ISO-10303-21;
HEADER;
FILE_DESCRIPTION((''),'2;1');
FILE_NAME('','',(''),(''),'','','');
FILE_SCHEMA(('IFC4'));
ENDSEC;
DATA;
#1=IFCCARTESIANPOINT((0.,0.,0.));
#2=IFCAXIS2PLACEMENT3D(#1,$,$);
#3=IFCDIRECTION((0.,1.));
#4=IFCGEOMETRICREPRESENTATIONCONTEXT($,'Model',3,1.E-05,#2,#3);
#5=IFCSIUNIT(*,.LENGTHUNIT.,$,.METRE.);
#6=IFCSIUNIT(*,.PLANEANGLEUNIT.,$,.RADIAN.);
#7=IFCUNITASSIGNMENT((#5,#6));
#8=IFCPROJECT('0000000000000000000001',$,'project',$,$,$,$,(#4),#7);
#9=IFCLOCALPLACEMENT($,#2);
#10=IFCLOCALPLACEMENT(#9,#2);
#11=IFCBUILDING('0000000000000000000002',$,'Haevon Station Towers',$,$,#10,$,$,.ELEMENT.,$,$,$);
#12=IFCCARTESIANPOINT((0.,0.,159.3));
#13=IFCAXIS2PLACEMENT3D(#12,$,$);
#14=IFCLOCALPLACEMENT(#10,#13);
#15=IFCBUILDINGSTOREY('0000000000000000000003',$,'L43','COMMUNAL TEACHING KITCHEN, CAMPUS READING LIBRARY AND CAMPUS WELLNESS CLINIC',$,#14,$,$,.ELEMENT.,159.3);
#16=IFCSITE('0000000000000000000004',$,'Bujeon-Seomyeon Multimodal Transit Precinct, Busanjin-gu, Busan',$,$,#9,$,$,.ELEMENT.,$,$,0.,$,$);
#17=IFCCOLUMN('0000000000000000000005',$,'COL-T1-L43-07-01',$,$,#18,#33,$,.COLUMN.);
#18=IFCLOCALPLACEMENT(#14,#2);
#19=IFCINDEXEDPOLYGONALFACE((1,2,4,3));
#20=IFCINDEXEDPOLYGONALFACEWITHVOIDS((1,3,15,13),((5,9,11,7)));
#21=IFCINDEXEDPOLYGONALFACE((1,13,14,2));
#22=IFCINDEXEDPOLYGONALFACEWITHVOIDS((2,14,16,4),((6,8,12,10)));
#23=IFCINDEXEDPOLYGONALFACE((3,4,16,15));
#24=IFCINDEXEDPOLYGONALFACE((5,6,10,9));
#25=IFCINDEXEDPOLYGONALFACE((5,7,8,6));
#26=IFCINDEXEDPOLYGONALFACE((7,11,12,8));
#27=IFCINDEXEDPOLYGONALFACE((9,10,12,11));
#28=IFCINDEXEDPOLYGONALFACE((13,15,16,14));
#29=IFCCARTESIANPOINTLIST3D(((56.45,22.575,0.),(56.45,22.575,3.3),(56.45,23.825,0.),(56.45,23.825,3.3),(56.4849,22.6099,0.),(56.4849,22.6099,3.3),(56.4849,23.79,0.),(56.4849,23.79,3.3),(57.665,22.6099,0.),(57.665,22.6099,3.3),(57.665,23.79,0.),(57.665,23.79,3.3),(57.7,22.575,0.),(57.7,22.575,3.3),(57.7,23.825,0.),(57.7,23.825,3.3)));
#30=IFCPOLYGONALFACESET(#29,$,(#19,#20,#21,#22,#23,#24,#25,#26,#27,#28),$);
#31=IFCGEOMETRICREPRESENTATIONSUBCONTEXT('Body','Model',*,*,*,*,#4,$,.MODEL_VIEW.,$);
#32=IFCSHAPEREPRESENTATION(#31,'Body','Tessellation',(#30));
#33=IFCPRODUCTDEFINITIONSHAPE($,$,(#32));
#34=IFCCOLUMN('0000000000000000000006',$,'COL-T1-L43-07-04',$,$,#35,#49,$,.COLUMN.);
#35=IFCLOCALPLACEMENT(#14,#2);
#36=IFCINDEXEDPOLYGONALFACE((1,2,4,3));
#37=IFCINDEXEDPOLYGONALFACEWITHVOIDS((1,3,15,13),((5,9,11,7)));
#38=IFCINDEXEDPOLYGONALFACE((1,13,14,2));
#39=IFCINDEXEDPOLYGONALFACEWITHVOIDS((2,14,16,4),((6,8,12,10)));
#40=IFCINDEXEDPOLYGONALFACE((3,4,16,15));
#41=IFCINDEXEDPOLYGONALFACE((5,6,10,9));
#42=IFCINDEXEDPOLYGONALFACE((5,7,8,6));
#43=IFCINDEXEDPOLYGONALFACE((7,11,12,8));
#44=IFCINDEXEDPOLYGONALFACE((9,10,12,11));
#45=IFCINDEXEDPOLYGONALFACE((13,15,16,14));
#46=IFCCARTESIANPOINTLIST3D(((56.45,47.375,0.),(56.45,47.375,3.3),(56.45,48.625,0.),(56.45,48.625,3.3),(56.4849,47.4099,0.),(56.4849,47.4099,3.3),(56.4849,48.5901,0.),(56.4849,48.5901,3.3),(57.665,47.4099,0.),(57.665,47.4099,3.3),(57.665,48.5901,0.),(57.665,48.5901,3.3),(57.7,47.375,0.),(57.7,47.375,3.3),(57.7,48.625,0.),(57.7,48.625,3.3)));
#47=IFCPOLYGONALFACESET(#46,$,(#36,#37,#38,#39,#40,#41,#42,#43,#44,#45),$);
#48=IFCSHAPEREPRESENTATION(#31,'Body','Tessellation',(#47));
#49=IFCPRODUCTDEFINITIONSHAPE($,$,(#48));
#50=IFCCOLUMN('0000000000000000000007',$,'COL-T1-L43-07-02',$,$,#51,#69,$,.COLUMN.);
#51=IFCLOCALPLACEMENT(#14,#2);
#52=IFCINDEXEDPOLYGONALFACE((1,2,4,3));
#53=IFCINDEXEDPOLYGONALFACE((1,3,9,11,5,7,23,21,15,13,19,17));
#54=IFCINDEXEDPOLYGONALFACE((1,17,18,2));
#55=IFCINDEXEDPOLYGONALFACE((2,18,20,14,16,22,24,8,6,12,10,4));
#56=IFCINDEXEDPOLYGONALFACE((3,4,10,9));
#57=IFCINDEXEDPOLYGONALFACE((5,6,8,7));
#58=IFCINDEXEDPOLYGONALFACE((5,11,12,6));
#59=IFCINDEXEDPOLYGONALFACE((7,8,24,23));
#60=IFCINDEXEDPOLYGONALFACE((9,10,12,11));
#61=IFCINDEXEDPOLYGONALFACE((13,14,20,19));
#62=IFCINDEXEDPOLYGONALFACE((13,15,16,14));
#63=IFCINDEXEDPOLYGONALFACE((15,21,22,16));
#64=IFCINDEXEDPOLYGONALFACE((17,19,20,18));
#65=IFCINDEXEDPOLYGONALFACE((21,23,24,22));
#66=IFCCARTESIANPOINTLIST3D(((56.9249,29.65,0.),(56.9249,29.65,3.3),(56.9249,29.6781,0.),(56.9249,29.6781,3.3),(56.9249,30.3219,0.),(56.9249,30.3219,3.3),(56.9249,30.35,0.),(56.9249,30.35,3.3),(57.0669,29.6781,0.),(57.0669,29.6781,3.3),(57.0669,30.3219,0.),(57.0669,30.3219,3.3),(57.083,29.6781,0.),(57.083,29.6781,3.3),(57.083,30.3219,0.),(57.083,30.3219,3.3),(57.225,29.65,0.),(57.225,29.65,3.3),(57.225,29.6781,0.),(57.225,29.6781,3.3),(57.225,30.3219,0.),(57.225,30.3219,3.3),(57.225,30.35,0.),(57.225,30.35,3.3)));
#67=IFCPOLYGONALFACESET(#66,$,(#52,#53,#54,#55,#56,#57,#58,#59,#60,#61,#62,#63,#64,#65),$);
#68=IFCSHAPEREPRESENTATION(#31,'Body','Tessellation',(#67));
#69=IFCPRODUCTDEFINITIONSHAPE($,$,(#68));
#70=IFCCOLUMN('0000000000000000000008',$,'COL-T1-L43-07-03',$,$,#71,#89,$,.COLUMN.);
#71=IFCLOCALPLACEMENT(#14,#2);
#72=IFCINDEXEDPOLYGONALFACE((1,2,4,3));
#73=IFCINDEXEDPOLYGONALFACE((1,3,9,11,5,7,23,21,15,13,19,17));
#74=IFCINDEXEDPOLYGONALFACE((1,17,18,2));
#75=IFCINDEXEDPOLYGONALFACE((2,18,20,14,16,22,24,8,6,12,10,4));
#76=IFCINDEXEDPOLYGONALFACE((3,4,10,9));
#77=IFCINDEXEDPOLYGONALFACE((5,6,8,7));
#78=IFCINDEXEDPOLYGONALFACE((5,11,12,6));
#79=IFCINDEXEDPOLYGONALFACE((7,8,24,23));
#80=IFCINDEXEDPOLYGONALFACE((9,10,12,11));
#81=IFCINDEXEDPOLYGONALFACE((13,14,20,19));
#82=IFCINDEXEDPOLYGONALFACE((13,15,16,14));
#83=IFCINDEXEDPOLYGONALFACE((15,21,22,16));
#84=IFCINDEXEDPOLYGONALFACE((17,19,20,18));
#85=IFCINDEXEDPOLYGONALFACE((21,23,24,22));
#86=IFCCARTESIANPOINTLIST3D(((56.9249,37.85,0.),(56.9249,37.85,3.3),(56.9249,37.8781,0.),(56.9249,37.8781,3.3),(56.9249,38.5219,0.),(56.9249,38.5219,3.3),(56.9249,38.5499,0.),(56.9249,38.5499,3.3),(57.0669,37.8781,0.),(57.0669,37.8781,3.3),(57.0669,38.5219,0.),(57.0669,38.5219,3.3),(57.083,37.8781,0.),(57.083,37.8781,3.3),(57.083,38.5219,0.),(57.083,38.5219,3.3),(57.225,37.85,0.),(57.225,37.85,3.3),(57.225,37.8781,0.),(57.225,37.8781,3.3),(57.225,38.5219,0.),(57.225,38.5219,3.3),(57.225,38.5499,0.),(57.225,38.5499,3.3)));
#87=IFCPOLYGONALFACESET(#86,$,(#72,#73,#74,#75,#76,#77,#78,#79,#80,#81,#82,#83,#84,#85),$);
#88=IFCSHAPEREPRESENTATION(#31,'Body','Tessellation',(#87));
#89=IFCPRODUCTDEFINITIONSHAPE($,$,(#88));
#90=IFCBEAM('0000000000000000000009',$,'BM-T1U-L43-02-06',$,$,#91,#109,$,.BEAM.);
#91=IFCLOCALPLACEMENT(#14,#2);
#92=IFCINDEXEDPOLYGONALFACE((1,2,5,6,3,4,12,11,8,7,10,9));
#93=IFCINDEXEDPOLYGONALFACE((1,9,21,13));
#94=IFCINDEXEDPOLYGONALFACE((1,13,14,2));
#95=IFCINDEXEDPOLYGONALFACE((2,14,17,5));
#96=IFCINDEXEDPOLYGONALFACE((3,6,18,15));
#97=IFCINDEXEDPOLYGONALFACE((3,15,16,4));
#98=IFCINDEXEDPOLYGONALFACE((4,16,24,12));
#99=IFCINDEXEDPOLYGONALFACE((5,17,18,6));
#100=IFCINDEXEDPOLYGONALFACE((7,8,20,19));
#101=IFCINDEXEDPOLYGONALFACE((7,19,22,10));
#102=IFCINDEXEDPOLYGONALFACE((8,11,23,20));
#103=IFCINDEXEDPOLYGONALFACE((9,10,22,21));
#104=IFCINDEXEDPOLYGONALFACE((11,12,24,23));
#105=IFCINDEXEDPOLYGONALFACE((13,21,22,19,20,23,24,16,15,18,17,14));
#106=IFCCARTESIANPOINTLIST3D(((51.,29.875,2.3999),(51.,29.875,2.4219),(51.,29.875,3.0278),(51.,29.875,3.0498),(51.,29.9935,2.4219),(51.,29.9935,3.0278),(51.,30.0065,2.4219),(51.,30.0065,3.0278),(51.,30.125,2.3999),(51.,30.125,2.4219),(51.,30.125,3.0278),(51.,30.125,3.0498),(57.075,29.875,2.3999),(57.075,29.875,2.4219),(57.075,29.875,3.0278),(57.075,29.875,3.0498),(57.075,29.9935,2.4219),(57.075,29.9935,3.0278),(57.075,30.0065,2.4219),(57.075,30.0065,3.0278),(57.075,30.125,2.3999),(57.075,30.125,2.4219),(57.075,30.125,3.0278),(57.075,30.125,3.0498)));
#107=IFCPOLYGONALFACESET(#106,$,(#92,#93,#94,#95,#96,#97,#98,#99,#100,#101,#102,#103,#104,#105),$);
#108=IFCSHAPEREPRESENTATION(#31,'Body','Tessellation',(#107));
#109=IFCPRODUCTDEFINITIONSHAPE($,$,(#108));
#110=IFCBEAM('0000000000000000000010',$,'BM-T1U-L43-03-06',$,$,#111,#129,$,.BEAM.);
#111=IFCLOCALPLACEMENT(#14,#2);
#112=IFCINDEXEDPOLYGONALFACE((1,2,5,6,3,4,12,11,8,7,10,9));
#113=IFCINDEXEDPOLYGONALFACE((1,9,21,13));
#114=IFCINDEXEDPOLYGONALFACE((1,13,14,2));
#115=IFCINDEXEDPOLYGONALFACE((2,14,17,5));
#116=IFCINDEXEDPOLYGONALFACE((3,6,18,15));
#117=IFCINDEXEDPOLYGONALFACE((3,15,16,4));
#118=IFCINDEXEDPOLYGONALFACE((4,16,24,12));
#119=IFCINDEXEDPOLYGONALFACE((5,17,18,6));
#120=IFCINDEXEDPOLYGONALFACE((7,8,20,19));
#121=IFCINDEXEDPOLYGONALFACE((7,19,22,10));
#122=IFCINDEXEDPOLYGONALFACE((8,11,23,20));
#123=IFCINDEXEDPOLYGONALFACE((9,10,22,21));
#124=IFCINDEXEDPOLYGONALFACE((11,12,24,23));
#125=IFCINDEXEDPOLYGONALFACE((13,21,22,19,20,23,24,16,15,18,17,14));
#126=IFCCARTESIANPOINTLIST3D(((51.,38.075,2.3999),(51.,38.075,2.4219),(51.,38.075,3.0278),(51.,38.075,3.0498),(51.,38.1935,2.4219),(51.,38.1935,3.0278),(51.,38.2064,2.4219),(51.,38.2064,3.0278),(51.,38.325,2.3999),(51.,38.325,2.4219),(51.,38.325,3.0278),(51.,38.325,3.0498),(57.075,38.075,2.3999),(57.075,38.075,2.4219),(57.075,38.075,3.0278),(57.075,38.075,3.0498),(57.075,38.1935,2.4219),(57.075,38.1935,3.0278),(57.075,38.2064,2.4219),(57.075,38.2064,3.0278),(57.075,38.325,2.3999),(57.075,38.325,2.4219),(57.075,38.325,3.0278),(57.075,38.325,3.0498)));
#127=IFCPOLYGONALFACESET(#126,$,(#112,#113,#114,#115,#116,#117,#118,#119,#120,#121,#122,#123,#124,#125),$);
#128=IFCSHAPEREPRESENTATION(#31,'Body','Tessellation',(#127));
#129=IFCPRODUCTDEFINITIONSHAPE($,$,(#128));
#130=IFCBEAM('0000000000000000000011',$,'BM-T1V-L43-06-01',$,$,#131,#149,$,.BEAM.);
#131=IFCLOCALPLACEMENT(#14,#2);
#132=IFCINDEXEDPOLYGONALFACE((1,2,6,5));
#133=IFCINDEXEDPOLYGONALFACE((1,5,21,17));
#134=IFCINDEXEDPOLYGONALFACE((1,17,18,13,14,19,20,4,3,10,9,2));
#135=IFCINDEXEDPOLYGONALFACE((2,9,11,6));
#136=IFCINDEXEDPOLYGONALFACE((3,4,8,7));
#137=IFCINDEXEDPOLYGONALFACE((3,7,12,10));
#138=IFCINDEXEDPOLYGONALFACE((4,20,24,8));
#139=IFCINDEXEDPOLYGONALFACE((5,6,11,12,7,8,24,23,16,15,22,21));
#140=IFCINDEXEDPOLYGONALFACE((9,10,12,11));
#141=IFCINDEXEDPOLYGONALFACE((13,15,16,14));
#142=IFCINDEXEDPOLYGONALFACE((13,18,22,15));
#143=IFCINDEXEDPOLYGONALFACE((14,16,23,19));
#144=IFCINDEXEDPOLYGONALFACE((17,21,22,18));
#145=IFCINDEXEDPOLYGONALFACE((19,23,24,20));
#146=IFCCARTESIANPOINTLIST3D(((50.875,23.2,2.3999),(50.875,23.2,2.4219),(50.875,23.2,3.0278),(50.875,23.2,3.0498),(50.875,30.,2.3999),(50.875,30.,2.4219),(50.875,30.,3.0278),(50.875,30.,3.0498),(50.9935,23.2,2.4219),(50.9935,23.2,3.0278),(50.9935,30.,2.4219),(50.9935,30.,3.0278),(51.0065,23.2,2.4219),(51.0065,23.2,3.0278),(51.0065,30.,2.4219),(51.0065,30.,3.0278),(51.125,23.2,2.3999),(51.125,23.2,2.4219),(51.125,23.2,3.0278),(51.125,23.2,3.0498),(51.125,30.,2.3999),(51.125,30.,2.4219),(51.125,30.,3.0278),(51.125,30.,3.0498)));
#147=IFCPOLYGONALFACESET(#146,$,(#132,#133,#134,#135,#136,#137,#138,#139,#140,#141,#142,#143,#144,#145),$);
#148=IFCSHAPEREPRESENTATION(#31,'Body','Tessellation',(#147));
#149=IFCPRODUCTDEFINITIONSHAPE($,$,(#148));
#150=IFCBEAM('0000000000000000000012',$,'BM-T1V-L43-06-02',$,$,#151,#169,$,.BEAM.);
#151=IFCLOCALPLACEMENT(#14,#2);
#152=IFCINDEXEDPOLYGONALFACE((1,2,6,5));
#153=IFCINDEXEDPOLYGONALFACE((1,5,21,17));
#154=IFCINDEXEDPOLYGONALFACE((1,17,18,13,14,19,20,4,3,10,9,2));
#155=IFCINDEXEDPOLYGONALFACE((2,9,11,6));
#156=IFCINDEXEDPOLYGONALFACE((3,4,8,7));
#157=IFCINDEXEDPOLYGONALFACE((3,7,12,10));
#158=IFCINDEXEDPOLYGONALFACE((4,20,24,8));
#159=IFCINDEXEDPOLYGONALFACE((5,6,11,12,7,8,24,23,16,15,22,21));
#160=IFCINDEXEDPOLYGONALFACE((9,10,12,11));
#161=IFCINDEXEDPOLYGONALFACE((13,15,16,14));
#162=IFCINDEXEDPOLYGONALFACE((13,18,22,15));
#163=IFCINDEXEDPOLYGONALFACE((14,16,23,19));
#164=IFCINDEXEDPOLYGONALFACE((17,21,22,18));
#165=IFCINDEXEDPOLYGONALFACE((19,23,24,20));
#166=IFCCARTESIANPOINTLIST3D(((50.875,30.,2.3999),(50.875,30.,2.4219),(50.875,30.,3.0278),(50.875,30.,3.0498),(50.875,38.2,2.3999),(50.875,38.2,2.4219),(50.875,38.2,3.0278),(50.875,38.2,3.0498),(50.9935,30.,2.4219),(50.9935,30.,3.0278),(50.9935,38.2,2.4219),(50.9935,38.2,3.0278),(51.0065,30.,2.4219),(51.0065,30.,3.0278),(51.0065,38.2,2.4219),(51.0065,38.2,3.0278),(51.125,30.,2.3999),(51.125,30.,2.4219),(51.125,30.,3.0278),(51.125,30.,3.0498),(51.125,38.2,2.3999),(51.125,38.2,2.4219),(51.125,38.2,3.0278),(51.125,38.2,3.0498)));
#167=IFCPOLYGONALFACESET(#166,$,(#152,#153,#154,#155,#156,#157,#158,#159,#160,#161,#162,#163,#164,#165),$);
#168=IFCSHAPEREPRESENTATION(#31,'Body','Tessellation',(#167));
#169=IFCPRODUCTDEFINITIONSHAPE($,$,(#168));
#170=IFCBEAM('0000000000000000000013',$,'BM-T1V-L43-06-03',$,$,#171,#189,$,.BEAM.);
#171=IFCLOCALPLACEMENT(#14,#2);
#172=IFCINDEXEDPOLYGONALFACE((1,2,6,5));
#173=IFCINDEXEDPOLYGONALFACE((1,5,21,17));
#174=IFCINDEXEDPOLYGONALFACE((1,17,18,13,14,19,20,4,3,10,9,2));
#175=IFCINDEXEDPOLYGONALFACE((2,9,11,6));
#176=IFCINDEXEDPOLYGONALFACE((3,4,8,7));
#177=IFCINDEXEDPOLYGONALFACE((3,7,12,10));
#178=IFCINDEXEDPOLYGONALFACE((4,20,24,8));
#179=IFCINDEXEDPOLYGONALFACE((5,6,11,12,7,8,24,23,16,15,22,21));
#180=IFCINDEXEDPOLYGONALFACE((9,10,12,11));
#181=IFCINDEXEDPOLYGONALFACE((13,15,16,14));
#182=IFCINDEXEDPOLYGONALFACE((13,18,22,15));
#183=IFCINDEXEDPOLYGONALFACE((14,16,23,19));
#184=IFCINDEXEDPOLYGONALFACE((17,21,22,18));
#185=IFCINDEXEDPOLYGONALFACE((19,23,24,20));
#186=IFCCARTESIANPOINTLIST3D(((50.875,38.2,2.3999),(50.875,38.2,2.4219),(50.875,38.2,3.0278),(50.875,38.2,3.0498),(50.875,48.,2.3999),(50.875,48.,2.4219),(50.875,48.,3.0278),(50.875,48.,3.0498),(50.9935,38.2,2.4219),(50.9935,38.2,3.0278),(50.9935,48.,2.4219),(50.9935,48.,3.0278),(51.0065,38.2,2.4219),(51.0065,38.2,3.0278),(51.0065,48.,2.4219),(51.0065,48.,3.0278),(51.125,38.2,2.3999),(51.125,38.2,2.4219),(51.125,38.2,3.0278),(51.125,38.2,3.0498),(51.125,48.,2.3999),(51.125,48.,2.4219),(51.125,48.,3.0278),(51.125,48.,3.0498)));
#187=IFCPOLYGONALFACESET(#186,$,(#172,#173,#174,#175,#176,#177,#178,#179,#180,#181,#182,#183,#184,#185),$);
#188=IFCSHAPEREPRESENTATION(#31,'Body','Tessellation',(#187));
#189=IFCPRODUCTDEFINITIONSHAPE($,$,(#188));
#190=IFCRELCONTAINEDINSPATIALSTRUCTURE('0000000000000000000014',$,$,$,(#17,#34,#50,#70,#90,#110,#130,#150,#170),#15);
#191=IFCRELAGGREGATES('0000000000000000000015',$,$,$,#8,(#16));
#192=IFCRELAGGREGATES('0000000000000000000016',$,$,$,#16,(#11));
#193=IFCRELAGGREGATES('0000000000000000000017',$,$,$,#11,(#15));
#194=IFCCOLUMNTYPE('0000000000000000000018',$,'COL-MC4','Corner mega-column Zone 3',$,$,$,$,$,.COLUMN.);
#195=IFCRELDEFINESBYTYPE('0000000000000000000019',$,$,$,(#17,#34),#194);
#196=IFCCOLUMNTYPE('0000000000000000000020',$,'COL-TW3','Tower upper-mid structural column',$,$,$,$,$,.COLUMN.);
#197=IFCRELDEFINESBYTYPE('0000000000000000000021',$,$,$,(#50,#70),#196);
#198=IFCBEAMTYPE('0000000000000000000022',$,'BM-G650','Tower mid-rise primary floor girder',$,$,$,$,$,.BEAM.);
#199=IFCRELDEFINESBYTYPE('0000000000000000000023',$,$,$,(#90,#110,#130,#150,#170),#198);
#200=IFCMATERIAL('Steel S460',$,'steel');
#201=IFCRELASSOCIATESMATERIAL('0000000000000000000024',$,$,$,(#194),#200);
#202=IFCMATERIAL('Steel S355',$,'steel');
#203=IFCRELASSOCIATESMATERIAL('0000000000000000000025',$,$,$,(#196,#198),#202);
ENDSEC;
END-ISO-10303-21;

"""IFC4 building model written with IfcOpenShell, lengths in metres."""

from ifc_helpers import new_model, si_unit, direction, frame, origin, origin_2d, place, context, subcontext, project, spatial, hollow_rectangle, i_section, extrude, material, material_profile, profile_set, type_object, element, save


model = new_model("IFC4")

# Units and contexts
model_context = context("Model", 3, precision=1e-05, world=origin(), true_north=direction((0.0, 1.0)))
body_context = subcontext(model_context, "Body", "Model", "MODEL_VIEW")
ifc_project = project(units=[si_unit("LENGTHUNIT", "METRE"), si_unit("PLANEANGLEUNIT", "RADIAN")], contexts=[model_context])

# Site, building, storey
site_placement = place(None, origin())
site = spatial("IfcSite", under=ifc_project, at=site_placement, Name="Bujeon-Seomyeon Multimodal Transit Precinct, Busanjin-gu, Busan", CompositionType="ELEMENT", RefElevation=0.0)
building_placement = place(site_placement, origin())
building = spatial("IfcBuilding", under=site, at=building_placement, Name="Haevon Station Towers", CompositionType="ELEMENT")
storey_placement = place(building_placement, frame((0.0, 0.0, 159.3)))
storey = spatial("IfcBuildingStorey", under=building, at=storey_placement, Name="L43", Description="COMMUNAL TEACHING KITCHEN, CAMPUS READING LIBRARY AND CAMPUS WELLNESS CLINIC", CompositionType="ELEMENT", Elevation=159.3)

# Columns
ifc_material_1 = material(Name="Steel S460", Category="steel")
ifc_material_profile_1 = material_profile(ifc_material_1, hollow_rectangle(XDim=1.25, YDim=1.25, WallThickness=0.0349, at=origin_2d()), Name="BOX-1250x1250x35")
ifc_profile_set_1 = profile_set([ifc_material_profile_1], Name="Steel S460")
column_type_1 = type_object("IfcColumnType", Name="COL-MC4", Description="Corner mega-column Zone 3", PredefinedType="COLUMN", material=ifc_profile_set_1)
for number, where, z_axis, x_axis, name in (
    (1, (57.075, 23.2, 0.0), (0.0, 0.0, 1.0), (1.0, 0.0, 0.0), "COL-T1-L43-07-01"),
    (2, (57.075, 48.0, 0.0), (0.0, 0.0, 1.0), (1.0, 0.0, 0.0), "COL-T1-L43-07-04"),
):
    element("IfcColumn", number, at=place(storey_placement, frame(where, z_axis=z_axis, x_axis=x_axis)), inside=storey, type_object=column_type_1, Name=name, PredefinedType="COLUMN", context=body_context, shape_type="SweptSolid", body=[
        extrude(hollow_rectangle(XDim=1.25, YDim=1.25, WallThickness=0.0349, at=origin_2d()), origin(), (0.0, 0.0, 1.0), 3.3),
    ])
ifc_material_2 = material(Name="Steel S355", Category="steel")
ifc_material_profile_2 = material_profile(ifc_material_2, i_section(OverallWidth=0.3, OverallDepth=0.7, WebThickness=0.0161, FlangeThickness=0.0281, at=origin_2d()), Name="H-700x300x16x28")
ifc_profile_set_2 = profile_set([ifc_material_profile_2], Name="Steel S355")
column_type_2 = type_object("IfcColumnType", Name="COL-TW3", Description="Tower upper-mid structural column", PredefinedType="COLUMN", material=ifc_profile_set_2)
for number, where, z_axis, x_axis, name in (
    (3, (57.075, 30.0, 0.0), (0.0, 0.0, 1.0), (1.0, 0.0, 0.0), "COL-T1-L43-07-02"),
    (4, (57.075, 38.2, 0.0), (0.0, 0.0, 1.0), (1.0, 0.0, 0.0), "COL-T1-L43-07-03"),
):
    element("IfcColumn", number, at=place(storey_placement, frame(where, z_axis=z_axis, x_axis=x_axis)), inside=storey, type_object=column_type_2, Name=name, PredefinedType="COLUMN", context=body_context, shape_type="SweptSolid", body=[
        extrude(i_section(OverallWidth=0.3, OverallDepth=0.7, WebThickness=0.0161, FlangeThickness=0.0281, at=origin_2d()), origin(), (0.0, 0.0, 1.0), 3.3),
    ])

# Beams
ifc_material_profile_3 = material_profile(ifc_material_2, i_section(OverallWidth=0.25, OverallDepth=0.6499, WebThickness=0.0129, FlangeThickness=0.022, at=origin_2d()), Name="H-650x250x13x22")
ifc_profile_set_3 = profile_set([ifc_material_profile_3], Name="Steel S355")
beam_type_1 = type_object("IfcBeamType", Name="BM-G650", Description="Tower mid-rise primary floor girder", PredefinedType="BEAM", material=ifc_profile_set_3)
for number, where, z_axis, x_axis, name in (
    (5, (51.0, 30.0, 2.7249), (1.0, 0.0, 0.0), (0.0, 1.0, 0.0), "BM-T1U-L43-02-06"),
    (6, (51.0, 38.2, 2.7249), (1.0, 0.0, 0.0), (0.0, 1.0, 0.0), "BM-T1U-L43-03-06"),
):
    element("IfcBeam", number, at=place(storey_placement, frame(where, z_axis=z_axis, x_axis=x_axis)), inside=storey, type_object=beam_type_1, Name=name, PredefinedType="BEAM", context=body_context, shape_type="SweptSolid", body=[
        extrude(i_section(OverallWidth=0.25, OverallDepth=0.6499, WebThickness=0.0129, FlangeThickness=0.022, at=origin_2d()), origin(), (0.0, 0.0, 1.0), 6.075),
    ])
beam_1_placement = place(storey_placement, frame((51.0, 23.2, 2.7249), z_axis=(0.0, 1.0, 0.0), x_axis=(-1.0, 0.0, 0.0)))
element("IfcBeam", 7, at=beam_1_placement, inside=storey, type_object=beam_type_1, Name="BM-T1V-L43-06-01", PredefinedType="BEAM", context=body_context, shape_type="SweptSolid", body=[
    extrude(i_section(OverallWidth=0.25, OverallDepth=0.6499, WebThickness=0.0129, FlangeThickness=0.022, at=origin_2d()), origin(), (0.0, 0.0, 1.0), 6.8),
])
beam_2_placement = place(storey_placement, frame((51.0, 30.0, 2.7249), z_axis=(0.0, 1.0, 0.0), x_axis=(-1.0, 0.0, 0.0)))
element("IfcBeam", 8, at=beam_2_placement, inside=storey, type_object=beam_type_1, Name="BM-T1V-L43-06-02", PredefinedType="BEAM", context=body_context, shape_type="SweptSolid", body=[
    extrude(i_section(OverallWidth=0.25, OverallDepth=0.6499, WebThickness=0.0129, FlangeThickness=0.022, at=origin_2d()), origin(), (0.0, 0.0, 1.0), 8.2),
])
beam_3_placement = place(storey_placement, frame((51.0, 38.2, 2.7249), z_axis=(0.0, 1.0, 0.0), x_axis=(-1.0, 0.0, 0.0)))
element("IfcBeam", 9, at=beam_3_placement, inside=storey, type_object=beam_type_1, Name="BM-T1V-L43-06-03", PredefinedType="BEAM", context=body_context, shape_type="SweptSolid", body=[
    extrude(i_section(OverallWidth=0.25, OverallDepth=0.6499, WebThickness=0.0129, FlangeThickness=0.022, at=origin_2d()), origin(), (0.0, 0.0, 1.0), 9.8),
])

save(model, "model.ifc")
